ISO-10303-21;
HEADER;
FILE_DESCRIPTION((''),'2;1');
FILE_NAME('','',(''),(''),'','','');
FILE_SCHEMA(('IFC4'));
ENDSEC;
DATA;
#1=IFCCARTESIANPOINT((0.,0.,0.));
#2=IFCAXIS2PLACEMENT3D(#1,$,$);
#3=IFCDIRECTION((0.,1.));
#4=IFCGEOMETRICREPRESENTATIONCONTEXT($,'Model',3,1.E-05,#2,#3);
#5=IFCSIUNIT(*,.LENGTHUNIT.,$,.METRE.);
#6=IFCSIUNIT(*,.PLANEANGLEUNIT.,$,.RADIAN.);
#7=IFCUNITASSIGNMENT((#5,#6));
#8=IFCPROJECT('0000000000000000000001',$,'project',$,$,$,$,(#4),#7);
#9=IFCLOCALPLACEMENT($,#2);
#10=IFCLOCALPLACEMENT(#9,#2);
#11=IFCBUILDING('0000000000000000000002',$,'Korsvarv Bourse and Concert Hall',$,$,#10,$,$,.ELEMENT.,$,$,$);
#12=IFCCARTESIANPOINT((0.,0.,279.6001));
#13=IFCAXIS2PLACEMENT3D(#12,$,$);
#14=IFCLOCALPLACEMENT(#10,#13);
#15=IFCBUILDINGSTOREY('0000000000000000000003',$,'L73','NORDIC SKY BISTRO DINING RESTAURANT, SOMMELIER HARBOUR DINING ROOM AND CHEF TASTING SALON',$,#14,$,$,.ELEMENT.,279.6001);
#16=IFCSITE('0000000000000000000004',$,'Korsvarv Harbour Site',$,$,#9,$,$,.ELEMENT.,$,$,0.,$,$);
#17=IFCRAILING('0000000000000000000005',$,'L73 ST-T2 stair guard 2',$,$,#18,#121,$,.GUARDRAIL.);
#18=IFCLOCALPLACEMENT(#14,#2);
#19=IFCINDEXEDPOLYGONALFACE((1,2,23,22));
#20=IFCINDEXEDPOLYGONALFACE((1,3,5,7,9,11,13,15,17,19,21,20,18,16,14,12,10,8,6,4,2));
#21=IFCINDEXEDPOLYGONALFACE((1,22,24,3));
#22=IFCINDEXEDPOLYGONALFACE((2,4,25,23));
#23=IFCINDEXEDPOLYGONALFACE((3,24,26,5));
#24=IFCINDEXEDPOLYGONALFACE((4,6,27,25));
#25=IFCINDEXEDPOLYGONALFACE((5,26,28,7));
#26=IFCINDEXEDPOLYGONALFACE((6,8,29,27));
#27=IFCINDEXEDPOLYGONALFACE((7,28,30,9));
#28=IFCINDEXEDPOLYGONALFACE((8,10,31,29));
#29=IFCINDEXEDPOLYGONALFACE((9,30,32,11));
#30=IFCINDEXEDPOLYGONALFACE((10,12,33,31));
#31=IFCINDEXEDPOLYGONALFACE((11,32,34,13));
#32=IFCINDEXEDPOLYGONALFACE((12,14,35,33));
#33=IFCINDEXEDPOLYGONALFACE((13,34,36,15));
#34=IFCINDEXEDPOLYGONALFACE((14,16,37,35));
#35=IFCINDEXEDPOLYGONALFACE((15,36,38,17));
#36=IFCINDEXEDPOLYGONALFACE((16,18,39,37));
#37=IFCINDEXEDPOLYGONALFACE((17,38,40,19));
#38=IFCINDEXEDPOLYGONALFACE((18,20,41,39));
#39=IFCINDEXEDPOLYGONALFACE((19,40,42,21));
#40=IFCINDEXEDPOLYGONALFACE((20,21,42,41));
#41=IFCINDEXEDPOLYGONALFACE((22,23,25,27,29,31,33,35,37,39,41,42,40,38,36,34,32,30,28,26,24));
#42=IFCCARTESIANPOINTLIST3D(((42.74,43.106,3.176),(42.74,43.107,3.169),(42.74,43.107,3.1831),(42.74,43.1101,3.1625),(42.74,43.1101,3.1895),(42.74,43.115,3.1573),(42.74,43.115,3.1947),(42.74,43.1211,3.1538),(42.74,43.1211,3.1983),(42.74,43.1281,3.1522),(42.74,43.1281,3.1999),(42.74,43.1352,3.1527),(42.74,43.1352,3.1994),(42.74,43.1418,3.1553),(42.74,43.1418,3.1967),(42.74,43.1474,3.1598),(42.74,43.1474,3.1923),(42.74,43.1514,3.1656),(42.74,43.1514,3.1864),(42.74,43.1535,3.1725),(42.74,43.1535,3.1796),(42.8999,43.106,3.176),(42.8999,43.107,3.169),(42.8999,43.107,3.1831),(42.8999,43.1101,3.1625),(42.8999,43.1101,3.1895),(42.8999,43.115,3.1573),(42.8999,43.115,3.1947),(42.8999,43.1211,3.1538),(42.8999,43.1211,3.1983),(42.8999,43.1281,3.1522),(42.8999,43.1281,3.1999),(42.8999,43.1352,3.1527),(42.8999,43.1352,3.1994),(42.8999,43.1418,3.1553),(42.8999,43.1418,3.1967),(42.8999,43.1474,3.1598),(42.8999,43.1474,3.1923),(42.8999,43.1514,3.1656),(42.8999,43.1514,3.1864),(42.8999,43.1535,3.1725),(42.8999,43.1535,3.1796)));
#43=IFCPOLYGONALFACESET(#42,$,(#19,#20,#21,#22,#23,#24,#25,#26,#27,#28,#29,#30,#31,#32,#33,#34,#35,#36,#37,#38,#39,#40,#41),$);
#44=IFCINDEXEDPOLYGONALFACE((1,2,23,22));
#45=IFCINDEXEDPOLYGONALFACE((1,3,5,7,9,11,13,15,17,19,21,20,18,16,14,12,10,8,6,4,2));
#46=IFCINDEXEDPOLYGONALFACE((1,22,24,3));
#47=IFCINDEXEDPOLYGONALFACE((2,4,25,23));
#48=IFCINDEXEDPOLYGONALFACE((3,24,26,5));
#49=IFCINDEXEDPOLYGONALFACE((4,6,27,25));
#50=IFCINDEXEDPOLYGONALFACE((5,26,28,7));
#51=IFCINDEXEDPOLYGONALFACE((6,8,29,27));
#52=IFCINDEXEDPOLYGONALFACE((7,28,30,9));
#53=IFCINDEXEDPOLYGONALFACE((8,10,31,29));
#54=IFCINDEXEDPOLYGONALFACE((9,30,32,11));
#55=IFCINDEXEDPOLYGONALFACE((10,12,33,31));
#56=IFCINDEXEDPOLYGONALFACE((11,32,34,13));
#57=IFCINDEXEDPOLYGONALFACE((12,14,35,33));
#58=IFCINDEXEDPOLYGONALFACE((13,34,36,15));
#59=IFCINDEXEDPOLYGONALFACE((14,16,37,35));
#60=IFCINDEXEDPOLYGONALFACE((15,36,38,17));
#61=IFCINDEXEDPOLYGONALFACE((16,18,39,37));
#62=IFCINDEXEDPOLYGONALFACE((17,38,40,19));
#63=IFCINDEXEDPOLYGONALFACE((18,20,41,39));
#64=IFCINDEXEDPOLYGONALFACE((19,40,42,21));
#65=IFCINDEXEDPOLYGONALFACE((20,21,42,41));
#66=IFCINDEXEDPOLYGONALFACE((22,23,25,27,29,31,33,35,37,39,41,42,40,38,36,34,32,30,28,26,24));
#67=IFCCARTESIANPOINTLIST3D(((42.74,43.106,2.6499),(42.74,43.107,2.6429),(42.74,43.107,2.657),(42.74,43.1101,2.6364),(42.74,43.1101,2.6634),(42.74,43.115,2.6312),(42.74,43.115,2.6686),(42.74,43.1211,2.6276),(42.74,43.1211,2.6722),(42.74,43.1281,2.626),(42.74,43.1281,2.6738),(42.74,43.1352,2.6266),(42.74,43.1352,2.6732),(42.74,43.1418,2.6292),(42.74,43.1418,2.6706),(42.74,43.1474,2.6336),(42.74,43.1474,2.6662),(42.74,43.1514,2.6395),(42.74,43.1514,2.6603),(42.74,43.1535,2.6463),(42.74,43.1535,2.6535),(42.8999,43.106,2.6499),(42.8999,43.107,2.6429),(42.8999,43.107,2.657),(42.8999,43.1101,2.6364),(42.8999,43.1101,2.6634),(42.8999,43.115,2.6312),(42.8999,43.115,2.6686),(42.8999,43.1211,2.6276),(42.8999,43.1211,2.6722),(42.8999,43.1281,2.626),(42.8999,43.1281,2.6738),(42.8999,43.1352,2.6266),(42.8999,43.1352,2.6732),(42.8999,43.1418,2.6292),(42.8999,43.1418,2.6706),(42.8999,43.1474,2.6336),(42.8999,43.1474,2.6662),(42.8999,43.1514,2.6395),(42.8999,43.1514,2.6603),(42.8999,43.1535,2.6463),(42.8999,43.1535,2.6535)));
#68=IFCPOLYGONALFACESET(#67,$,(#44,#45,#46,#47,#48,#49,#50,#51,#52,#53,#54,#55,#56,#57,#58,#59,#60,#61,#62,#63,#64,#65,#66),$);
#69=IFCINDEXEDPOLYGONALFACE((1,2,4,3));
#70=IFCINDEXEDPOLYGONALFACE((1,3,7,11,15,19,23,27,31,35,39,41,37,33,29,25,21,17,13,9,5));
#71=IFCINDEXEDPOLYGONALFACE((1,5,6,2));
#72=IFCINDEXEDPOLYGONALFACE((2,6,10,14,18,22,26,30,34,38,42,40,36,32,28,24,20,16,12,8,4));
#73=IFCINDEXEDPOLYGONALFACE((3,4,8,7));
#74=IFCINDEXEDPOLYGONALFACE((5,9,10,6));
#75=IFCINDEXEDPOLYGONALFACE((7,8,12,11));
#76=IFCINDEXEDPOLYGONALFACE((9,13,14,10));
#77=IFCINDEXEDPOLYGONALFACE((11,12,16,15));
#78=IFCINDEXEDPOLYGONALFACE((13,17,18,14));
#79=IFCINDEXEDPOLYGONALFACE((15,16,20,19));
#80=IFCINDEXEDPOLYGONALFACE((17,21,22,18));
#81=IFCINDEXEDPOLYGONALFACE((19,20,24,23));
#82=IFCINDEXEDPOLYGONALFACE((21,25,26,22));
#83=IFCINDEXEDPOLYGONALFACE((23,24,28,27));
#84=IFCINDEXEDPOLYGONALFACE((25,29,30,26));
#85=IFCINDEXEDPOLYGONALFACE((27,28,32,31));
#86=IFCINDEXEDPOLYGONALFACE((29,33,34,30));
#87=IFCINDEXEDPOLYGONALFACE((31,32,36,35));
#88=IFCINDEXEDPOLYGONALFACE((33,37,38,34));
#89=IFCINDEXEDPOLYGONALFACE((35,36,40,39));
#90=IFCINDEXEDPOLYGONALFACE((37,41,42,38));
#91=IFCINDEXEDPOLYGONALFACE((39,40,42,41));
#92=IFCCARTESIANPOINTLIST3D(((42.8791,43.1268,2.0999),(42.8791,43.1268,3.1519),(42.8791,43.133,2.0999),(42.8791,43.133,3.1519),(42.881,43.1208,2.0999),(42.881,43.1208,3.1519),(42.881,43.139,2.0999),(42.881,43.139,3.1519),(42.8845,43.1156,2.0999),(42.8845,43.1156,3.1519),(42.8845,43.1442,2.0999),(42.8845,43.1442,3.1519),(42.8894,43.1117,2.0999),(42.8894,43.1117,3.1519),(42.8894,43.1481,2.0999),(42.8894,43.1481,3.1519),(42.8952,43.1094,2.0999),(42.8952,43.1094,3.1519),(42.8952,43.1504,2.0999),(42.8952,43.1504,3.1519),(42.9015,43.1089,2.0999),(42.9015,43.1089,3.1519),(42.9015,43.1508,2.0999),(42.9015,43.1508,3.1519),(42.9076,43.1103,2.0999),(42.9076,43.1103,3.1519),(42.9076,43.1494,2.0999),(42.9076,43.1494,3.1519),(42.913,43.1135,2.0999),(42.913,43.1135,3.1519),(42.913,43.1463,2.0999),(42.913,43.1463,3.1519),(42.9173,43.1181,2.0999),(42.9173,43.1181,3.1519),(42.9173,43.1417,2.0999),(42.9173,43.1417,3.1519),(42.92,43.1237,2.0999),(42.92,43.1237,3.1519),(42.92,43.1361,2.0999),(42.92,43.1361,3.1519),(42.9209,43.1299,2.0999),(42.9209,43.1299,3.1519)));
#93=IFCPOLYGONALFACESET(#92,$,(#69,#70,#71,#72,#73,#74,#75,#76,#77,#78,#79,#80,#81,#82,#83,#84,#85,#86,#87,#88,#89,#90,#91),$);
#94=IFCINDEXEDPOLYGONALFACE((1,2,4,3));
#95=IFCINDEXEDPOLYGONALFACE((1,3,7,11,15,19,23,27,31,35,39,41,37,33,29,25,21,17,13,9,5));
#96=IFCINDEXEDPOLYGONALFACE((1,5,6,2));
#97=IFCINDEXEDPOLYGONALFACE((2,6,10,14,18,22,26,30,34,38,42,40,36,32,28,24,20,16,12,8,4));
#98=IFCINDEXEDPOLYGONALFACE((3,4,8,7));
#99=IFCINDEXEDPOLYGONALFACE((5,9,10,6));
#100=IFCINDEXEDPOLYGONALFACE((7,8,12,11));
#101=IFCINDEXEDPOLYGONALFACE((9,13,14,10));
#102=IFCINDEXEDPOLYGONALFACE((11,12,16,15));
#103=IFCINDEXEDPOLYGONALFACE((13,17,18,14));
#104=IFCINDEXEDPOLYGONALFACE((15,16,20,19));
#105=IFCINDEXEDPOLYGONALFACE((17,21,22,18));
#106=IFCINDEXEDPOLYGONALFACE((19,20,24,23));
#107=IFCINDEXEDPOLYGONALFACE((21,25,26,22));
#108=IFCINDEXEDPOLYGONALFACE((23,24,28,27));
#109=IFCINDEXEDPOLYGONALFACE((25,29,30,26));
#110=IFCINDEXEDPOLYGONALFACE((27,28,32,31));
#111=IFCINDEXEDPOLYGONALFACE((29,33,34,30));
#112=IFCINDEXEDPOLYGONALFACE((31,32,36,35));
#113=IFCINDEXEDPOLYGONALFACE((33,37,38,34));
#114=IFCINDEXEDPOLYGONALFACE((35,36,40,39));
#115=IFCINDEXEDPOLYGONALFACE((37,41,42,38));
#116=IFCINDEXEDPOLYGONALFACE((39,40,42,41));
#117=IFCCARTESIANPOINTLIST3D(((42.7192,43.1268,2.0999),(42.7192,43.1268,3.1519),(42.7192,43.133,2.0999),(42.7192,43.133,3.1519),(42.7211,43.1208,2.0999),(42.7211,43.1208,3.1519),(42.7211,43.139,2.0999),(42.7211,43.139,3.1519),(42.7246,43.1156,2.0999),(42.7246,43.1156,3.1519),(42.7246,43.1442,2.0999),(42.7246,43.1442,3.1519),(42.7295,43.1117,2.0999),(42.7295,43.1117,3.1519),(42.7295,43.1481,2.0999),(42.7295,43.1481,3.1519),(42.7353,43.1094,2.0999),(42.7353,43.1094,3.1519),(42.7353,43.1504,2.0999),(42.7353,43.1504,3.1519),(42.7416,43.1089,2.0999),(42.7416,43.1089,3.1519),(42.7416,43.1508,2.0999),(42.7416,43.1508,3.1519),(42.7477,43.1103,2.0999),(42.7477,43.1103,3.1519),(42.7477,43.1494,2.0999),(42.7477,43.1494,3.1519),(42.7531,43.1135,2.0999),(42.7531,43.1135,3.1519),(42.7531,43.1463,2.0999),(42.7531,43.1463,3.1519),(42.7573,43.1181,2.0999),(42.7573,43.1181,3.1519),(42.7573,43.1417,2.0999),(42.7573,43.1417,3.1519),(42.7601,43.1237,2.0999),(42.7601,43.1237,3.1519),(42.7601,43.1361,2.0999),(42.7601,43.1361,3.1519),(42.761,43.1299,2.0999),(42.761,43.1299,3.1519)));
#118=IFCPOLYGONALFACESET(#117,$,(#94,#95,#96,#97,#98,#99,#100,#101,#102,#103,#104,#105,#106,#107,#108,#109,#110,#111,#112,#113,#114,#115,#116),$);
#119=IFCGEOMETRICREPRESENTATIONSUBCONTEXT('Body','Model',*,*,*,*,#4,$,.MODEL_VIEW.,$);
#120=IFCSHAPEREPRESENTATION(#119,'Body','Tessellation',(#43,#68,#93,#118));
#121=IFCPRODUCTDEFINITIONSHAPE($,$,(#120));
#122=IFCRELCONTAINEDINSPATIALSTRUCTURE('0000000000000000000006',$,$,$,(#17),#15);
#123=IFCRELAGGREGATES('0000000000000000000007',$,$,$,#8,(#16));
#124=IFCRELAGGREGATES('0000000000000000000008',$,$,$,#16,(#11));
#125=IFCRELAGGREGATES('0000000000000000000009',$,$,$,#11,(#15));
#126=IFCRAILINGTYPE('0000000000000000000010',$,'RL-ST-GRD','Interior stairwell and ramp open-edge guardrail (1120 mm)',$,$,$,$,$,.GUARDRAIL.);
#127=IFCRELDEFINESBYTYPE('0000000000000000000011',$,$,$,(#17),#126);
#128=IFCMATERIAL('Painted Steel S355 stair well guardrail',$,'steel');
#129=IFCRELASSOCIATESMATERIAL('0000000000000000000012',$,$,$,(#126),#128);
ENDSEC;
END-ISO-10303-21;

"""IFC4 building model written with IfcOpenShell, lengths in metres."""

from ifc_helpers import new_model, si_unit, direction, frame, origin, origin_2d, place, context, subcontext, project, spatial, circle, extrude, material, type_object, element, save


model = new_model("IFC4")

# Units and contexts
model_context = context("Model", 3, precision=1e-05, world=origin(), true_north=direction((0.0, 1.0)))
body_context = subcontext(model_context, "Body", "Model", "MODEL_VIEW")
ifc_project = project(units=[si_unit("LENGTHUNIT", "METRE"), si_unit("PLANEANGLEUNIT", "RADIAN")], contexts=[model_context])

# Site, building, storey
site_placement = place(None, origin())
site = spatial("IfcSite", under=ifc_project, at=site_placement, Name="Korsvarv Harbour Site", CompositionType="ELEMENT", RefElevation=0.0)
building_placement = place(site_placement, origin())
building = spatial("IfcBuilding", under=site, at=building_placement, Name="Korsvarv Bourse and Concert Hall", CompositionType="ELEMENT")
storey_placement = place(building_placement, frame((0.0, 0.0, 279.6001)))
storey = spatial("IfcBuildingStorey", under=building, at=storey_placement, Name="L73", Description="NORDIC SKY BISTRO DINING RESTAURANT, SOMMELIER HARBOUR DINING ROOM AND CHEF TASTING SALON", CompositionType="ELEMENT", Elevation=279.6001)

# Railing
ifc_material_1 = material(Name="Painted Steel S355 stair well guardrail", Category="steel")
railing_type_1 = type_object("IfcRailingType", Name="RL-ST-GRD", Description="Interior stairwell and ramp open-edge guardrail (1120 mm)", PredefinedType="GUARDRAIL", material=ifc_material_1)
railing_1_placement = place(storey_placement, frame((42.8999, 43.1299, 2.0999)))
element("IfcRailing", 1, at=railing_1_placement, inside=storey, type_object=railing_type_1, Name="L73 ST-T2 stair guard 2", PredefinedType="GUARDRAIL", context=body_context, shape_type="SweptSolid", body=[
    extrude(circle(Radius=0.0239, at=origin_2d()), frame((0.0, 0.0, 1.0762), z_axis=(-1.0, 0.0, 0.0), x_axis=(0.0, -1.0, 0.0)), (0.0, 0.0, 1.0), 0.1599),
    extrude(circle(Radius=0.0239, at=origin_2d()), frame((0.0, 0.0, 0.55), z_axis=(-1.0, 0.0, 0.0), x_axis=(0.0, -1.0, 0.0)), (0.0, 0.0, 1.0), 0.1599),
    extrude(circle(Radius=0.021, at=origin_2d()), origin(), (0.0, 0.0, 1.0), 1.052),
    extrude(circle(Radius=0.021, at=origin_2d()), frame((-0.1599, 0.0, 0.0)), (0.0, 0.0, 1.0), 1.052),
])

save(model, "model.ifc")
